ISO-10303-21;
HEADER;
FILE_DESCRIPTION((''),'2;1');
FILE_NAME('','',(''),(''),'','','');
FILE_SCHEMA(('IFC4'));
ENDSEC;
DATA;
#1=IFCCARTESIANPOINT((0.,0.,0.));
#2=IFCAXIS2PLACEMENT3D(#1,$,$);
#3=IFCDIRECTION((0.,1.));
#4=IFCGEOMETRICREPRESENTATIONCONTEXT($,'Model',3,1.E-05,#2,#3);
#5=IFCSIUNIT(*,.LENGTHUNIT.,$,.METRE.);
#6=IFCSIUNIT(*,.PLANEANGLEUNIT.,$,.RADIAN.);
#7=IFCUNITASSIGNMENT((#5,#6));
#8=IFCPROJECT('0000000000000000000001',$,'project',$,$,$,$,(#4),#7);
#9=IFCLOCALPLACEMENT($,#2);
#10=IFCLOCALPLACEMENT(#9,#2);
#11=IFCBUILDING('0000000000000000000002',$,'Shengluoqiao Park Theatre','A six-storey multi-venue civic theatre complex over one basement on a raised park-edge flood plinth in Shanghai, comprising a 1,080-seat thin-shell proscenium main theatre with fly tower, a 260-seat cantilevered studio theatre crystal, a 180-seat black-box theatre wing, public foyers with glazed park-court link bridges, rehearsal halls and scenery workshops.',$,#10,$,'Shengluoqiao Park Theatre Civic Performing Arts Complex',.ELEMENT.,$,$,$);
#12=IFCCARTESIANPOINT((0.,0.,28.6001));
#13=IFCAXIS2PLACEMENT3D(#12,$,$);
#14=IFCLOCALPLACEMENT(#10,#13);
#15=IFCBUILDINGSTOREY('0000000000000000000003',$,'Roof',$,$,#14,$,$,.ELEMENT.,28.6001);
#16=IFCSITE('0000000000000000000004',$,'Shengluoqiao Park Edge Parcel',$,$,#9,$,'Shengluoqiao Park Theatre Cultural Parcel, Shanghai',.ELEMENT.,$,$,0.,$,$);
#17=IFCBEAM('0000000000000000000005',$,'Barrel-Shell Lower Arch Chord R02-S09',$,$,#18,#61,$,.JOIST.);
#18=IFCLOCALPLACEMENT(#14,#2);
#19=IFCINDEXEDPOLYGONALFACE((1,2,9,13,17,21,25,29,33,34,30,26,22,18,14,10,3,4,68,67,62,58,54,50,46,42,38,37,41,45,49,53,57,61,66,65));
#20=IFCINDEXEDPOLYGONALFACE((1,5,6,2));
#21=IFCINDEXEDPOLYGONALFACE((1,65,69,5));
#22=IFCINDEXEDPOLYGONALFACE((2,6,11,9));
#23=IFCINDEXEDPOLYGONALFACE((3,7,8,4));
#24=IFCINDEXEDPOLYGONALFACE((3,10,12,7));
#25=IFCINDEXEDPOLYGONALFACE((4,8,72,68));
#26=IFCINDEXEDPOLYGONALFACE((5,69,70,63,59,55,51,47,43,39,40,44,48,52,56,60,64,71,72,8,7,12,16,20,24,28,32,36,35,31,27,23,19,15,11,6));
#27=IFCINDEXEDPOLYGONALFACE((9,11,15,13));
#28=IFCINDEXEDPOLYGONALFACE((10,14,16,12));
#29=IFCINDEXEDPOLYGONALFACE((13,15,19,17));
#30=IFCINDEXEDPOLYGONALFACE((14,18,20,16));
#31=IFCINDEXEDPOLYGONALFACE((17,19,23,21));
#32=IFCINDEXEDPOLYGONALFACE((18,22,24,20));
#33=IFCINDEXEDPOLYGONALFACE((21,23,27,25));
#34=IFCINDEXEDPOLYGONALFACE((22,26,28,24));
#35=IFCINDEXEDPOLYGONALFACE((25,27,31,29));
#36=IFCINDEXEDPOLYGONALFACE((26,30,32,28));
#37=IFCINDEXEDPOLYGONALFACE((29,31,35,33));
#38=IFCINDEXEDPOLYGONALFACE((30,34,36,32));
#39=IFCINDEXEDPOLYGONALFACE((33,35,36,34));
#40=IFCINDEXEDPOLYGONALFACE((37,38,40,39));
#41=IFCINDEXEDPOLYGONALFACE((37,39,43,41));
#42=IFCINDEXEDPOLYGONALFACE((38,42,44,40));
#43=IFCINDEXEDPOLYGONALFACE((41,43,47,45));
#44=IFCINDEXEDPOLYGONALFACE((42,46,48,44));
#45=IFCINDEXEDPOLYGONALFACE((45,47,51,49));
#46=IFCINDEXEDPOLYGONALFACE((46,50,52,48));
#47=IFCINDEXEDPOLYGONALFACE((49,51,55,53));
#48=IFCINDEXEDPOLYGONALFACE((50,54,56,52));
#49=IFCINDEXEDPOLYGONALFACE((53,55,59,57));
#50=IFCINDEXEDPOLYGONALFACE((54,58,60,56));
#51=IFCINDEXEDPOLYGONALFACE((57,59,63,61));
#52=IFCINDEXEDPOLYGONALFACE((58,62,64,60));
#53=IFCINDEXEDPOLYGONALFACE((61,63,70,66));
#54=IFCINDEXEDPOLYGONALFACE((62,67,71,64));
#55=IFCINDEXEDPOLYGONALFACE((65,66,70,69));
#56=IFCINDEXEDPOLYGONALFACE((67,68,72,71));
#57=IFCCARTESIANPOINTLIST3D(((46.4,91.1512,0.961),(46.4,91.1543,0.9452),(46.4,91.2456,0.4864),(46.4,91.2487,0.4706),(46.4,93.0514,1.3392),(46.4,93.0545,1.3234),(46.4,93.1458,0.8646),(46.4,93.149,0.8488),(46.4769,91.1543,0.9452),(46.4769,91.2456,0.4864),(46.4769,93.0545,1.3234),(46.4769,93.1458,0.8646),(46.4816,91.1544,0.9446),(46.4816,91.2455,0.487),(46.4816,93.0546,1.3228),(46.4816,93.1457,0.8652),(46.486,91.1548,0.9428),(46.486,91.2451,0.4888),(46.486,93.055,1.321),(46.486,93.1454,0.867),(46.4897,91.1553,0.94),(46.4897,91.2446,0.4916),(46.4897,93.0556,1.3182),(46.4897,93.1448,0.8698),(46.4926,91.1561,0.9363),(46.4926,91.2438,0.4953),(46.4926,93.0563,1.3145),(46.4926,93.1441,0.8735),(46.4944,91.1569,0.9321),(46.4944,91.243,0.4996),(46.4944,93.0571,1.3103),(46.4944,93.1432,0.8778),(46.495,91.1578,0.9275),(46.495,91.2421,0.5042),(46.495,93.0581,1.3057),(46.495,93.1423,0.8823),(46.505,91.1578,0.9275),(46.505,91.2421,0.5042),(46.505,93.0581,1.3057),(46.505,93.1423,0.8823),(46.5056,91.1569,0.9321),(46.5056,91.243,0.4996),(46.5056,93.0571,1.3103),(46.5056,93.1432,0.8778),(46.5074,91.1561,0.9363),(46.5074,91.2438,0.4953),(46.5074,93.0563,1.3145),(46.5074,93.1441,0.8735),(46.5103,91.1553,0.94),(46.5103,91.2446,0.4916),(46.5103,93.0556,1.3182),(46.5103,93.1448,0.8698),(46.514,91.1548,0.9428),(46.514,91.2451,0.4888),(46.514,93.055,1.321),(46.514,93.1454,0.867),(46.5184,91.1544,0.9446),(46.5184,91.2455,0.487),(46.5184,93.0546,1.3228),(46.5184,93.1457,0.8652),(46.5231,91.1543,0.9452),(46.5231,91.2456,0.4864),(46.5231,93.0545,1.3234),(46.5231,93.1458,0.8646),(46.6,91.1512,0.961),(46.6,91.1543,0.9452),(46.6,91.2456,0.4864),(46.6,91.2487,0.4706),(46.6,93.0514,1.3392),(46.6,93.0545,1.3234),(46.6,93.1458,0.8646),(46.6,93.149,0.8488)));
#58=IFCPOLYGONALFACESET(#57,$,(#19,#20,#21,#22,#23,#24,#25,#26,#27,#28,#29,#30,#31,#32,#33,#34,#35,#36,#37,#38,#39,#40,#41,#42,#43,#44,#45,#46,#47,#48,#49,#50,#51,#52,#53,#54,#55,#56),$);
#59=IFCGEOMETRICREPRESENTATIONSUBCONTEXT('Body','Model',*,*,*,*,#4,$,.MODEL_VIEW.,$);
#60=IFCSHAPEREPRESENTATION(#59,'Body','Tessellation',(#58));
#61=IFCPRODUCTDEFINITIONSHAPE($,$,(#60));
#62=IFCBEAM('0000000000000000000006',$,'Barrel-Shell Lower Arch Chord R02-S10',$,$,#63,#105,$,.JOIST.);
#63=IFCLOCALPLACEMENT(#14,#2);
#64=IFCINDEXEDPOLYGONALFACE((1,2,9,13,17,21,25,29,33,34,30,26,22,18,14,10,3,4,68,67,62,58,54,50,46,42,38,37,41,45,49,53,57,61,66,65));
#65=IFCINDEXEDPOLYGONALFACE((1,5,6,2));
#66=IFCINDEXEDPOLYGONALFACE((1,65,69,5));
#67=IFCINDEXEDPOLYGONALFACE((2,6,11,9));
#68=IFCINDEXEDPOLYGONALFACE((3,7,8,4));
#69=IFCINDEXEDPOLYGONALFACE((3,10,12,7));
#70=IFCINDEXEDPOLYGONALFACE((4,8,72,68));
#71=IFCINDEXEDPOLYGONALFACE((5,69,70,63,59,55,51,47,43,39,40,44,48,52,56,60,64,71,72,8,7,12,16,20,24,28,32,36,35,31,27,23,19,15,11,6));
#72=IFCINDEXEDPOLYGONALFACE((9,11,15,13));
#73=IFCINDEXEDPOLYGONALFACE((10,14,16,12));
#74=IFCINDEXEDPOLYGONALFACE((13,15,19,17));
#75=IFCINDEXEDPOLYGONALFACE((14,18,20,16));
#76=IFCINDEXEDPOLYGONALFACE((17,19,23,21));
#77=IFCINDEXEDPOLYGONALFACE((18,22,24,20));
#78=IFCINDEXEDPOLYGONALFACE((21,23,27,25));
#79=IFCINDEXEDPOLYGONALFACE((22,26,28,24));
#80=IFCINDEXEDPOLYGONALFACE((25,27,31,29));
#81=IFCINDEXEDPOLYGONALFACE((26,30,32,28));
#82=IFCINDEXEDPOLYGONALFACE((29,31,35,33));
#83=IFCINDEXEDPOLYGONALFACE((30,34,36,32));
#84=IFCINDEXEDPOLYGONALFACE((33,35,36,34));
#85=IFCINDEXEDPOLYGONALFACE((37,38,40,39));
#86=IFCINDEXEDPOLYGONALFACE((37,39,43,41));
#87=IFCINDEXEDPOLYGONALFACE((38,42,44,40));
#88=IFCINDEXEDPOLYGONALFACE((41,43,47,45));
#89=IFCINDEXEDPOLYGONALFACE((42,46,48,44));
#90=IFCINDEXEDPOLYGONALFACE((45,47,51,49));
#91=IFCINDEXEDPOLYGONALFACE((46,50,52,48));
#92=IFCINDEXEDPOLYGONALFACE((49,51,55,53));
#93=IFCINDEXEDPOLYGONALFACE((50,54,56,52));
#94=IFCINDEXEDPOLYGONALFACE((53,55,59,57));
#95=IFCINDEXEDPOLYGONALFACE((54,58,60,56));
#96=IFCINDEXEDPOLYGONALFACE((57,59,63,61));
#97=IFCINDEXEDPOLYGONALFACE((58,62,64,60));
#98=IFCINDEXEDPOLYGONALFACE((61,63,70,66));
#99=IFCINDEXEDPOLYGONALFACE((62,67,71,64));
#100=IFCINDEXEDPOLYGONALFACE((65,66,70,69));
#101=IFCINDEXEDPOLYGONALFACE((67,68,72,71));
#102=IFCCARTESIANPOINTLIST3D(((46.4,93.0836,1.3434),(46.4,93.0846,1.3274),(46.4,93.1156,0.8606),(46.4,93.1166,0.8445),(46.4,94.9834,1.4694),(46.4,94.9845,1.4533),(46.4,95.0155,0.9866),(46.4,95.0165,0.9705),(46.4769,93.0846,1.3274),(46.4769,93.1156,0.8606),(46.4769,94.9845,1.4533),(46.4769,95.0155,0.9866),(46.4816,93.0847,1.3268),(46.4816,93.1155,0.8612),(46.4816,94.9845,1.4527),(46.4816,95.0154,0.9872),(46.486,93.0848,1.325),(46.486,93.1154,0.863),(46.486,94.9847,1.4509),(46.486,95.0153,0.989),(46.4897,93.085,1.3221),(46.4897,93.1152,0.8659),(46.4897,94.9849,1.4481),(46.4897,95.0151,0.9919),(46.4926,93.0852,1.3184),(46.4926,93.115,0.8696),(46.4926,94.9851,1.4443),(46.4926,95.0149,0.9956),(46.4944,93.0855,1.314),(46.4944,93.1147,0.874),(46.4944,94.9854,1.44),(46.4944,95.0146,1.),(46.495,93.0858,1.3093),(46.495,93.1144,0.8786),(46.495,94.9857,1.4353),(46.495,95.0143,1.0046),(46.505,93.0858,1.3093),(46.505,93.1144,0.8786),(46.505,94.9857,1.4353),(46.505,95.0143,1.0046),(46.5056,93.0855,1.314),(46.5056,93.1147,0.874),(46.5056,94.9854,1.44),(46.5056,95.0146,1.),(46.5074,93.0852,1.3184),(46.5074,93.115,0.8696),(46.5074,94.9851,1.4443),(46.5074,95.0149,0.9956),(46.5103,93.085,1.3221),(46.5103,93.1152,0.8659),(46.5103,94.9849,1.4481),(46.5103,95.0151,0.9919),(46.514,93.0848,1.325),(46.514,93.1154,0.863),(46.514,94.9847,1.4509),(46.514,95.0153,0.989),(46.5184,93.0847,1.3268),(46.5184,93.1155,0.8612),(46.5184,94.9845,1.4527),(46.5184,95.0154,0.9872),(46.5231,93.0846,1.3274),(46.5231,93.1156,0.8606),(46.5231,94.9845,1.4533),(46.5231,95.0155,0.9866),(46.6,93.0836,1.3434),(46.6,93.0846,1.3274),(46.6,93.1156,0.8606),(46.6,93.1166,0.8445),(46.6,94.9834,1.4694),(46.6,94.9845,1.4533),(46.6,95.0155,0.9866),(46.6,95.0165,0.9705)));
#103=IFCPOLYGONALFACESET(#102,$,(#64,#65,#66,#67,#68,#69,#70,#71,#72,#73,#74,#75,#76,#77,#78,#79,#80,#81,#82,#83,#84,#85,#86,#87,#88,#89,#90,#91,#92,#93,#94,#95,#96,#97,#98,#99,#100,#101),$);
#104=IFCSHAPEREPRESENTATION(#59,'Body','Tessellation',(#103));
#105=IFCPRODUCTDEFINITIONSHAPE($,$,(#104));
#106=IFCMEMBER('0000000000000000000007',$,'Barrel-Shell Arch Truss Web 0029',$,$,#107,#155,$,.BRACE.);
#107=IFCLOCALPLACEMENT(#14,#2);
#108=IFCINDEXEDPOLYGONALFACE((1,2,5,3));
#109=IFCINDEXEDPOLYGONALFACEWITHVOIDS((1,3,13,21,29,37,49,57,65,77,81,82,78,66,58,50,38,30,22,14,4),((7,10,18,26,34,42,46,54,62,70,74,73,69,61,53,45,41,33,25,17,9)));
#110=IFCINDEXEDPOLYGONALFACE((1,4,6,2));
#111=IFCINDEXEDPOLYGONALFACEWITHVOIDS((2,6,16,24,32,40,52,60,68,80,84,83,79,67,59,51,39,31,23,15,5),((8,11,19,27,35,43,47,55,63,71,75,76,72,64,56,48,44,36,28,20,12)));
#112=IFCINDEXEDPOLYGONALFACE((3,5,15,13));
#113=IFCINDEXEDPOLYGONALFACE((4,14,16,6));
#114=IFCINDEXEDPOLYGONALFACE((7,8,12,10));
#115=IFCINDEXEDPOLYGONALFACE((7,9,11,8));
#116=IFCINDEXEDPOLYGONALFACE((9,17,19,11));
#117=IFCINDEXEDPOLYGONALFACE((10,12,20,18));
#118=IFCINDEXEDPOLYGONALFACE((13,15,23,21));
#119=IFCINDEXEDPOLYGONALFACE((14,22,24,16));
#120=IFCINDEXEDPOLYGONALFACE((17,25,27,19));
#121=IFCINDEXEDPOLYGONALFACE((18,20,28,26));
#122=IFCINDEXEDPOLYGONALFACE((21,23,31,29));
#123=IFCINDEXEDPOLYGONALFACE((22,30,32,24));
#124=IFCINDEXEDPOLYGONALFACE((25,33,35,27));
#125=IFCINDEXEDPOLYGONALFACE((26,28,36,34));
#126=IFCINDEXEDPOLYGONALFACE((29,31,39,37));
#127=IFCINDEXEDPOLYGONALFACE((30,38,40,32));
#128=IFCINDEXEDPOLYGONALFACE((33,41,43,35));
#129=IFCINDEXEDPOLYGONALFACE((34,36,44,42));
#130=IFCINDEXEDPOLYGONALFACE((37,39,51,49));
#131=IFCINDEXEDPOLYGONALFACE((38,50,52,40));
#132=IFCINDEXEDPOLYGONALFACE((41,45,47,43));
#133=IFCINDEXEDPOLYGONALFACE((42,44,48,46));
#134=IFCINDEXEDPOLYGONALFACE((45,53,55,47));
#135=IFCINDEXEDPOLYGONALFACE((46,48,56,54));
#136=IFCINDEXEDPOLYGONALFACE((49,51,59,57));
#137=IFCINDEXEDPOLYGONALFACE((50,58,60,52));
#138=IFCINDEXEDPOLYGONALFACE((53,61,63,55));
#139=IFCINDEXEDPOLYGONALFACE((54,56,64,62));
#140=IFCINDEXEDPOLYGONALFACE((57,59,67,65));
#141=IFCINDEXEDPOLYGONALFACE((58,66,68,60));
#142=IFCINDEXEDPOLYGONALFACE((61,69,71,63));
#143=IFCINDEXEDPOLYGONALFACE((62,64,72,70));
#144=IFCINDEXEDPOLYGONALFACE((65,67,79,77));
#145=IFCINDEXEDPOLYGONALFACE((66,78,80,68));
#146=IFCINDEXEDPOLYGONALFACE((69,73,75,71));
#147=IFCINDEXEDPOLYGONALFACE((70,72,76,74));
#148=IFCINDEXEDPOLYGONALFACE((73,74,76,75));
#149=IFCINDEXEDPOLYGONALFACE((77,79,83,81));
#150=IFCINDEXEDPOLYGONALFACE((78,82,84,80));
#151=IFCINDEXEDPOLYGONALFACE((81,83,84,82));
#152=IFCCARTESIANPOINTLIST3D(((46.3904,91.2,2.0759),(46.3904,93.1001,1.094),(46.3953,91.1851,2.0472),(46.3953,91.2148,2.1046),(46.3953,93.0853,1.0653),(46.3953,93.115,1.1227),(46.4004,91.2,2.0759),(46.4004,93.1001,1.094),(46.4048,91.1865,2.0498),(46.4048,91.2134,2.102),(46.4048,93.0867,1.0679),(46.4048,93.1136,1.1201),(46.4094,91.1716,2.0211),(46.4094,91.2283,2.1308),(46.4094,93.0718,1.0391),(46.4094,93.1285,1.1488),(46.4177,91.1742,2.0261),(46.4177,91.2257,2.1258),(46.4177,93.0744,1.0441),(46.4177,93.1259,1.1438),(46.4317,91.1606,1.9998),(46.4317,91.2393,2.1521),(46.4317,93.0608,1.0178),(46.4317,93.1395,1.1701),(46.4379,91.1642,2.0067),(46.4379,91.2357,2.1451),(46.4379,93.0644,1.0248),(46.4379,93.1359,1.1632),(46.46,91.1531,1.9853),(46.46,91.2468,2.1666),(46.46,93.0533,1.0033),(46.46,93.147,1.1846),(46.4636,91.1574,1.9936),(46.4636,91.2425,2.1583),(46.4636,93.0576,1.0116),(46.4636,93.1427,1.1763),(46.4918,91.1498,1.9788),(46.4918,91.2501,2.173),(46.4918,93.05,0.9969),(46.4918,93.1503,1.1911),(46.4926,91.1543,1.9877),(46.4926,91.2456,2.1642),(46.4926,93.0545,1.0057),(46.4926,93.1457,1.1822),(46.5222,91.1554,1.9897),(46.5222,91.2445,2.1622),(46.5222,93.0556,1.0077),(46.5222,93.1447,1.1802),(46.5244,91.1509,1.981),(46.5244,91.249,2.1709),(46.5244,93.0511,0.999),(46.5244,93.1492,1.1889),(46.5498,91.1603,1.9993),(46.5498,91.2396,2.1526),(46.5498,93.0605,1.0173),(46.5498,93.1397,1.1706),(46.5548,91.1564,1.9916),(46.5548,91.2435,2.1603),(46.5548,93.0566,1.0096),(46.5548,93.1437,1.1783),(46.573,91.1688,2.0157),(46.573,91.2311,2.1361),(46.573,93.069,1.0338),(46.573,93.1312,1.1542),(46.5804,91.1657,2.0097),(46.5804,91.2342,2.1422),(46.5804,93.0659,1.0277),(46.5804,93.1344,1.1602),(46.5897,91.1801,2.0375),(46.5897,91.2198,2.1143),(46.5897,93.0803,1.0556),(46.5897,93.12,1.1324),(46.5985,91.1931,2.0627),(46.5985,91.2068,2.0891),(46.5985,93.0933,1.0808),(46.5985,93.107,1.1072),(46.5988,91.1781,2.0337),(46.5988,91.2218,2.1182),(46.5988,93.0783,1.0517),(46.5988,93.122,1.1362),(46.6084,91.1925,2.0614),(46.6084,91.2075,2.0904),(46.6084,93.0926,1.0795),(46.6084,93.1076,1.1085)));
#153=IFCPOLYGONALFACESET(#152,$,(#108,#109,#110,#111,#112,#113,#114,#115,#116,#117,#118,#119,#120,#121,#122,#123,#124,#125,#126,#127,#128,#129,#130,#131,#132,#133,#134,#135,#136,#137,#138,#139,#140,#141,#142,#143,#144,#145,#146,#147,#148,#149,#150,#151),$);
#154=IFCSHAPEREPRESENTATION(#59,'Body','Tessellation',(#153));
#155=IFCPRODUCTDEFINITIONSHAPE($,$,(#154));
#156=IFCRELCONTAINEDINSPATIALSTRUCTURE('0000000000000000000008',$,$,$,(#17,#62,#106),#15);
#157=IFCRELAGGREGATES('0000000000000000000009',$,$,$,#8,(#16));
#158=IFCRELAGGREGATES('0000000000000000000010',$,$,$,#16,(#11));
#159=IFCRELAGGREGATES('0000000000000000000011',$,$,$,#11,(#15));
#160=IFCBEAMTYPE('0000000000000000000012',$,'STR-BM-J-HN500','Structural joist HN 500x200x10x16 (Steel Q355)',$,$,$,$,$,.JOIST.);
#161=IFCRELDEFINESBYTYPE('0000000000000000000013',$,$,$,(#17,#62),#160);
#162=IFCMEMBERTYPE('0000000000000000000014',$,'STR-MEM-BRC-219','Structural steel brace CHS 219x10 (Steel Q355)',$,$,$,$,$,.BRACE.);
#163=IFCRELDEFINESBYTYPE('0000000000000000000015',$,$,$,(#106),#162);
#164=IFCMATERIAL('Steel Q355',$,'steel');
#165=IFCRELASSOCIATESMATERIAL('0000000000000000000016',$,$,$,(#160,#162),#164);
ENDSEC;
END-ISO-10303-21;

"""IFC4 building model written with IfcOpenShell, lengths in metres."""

from ifc_helpers import new_model, si_unit, direction, frame, origin, origin_2d, place, context, subcontext, project, spatial, hollow_circle, i_section, extrude, material, material_profile, profile_set, type_object, element, save


model = new_model("IFC4")

# Units and contexts
model_context = context("Model", 3, precision=1e-05, world=origin(), true_north=direction((0.0, 1.0)))
body_context = subcontext(model_context, "Body", "Model", "MODEL_VIEW")
ifc_project = project(units=[si_unit("LENGTHUNIT", "METRE"), si_unit("PLANEANGLEUNIT", "RADIAN")], contexts=[model_context])

# Site, building, storey
site_placement = place(None, origin())
site = spatial("IfcSite", under=ifc_project, at=site_placement, Name="Shengluoqiao Park Edge Parcel", LongName="Shengluoqiao Park Theatre Cultural Parcel, Shanghai", CompositionType="ELEMENT", RefElevation=0.0)
building_placement = place(site_placement, origin())
building = spatial("IfcBuilding", under=site, at=building_placement, Name="Shengluoqiao Park Theatre", Description="A six-storey multi-venue civic theatre complex over one basement on a raised park-edge flood plinth in Shanghai, comprising a 1,080-seat thin-shell proscenium main theatre with fly tower, a 260-seat cantilevered studio theatre crystal, a 180-seat black-box theatre wing, public foyers with glazed park-court link bridges, rehearsal halls and scenery workshops.", LongName="Shengluoqiao Park Theatre Civic Performing Arts Complex", CompositionType="ELEMENT")
storey_placement = place(building_placement, frame((0.0, 0.0, 28.6001)))
storey = spatial("IfcBuildingStorey", under=building, at=storey_placement, Name="Roof", CompositionType="ELEMENT", Elevation=28.6001)

# Beams
ifc_material_1 = material(Name="Steel Q355", Category="steel")
ifc_material_profile_1 = material_profile(ifc_material_1, i_section(OverallWidth=0.2, OverallDepth=0.5, WebThickness=0.01, FlangeThickness=0.0161, FilletRadius=0.0181, at=origin_2d()), Name="HN 500x200x10x16")
ifc_profile_set_1 = profile_set([ifc_material_profile_1], Name="Steel Q355")
beam_type_1 = type_object("IfcBeamType", Name="STR-BM-J-HN500", Description="Structural joist HN 500x200x10x16 (Steel Q355)", PredefinedType="JOIST", material=ifc_profile_set_1)
beam_1_placement = place(storey_placement, frame((46.5, 91.2, 0.7158), z_axis=(0.0, 0.980764, 0.195195), x_axis=(-1.0, 0.0, 0.0)))
element("IfcBeam", 1, at=beam_1_placement, inside=storey, type_object=beam_type_1, Name="Barrel-Shell Lower Arch Chord R02-S09", PredefinedType="JOIST", context=body_context, shape_type="SweptSolid", body=[
    extrude(i_section(OverallWidth=0.2, OverallDepth=0.5, WebThickness=0.01, FlangeThickness=0.0161, FilletRadius=0.0181, at=origin_2d()), origin(), (0.0, 0.0, 1.0), 1.9375),
])
beam_2_placement = place(storey_placement, frame((46.5, 93.1001, 1.094), z_axis=(0.0, 0.997809, 0.066162), x_axis=(-1.0, 0.0, 0.0)))
element("IfcBeam", 2, at=beam_2_placement, inside=storey, type_object=beam_type_1, Name="Barrel-Shell Lower Arch Chord R02-S10", PredefinedType="JOIST", context=body_context, shape_type="SweptSolid", body=[
    extrude(i_section(OverallWidth=0.2, OverallDepth=0.5, WebThickness=0.01, FlangeThickness=0.0161, FilletRadius=0.0181, at=origin_2d()), origin(), (0.0, 0.0, 1.0), 1.9041),
])

# Member
ifc_material_profile_2 = material_profile(ifc_material_1, hollow_circle(Radius=0.1096, WallThickness=0.01, at=origin_2d()), Name="CHS 219x10")
ifc_profile_set_2 = profile_set([ifc_material_profile_2], Name="Steel Q355")
member_type_1 = type_object("IfcMemberType", Name="STR-MEM-BRC-219", Description="Structural steel brace CHS 219x10 (Steel Q355)", PredefinedType="BRACE", material=ifc_profile_set_2)
member_1_placement = place(storey_placement, frame((46.5, 91.2, 2.0759), z_axis=(0.0, 0.888389, -0.459091), x_axis=(-1.0, 0.0, 0.0)))
element("IfcMember", 3, at=member_1_placement, inside=storey, type_object=member_type_1, Name="Barrel-Shell Arch Truss Web 0029", PredefinedType="BRACE", context=body_context, shape_type="SweptSolid", body=[
    extrude(hollow_circle(Radius=0.1096, WallThickness=0.01, at=origin_2d()), origin(), (0.0, 0.0, 1.0), 2.1389),
])

save(model, "model.ifc")
